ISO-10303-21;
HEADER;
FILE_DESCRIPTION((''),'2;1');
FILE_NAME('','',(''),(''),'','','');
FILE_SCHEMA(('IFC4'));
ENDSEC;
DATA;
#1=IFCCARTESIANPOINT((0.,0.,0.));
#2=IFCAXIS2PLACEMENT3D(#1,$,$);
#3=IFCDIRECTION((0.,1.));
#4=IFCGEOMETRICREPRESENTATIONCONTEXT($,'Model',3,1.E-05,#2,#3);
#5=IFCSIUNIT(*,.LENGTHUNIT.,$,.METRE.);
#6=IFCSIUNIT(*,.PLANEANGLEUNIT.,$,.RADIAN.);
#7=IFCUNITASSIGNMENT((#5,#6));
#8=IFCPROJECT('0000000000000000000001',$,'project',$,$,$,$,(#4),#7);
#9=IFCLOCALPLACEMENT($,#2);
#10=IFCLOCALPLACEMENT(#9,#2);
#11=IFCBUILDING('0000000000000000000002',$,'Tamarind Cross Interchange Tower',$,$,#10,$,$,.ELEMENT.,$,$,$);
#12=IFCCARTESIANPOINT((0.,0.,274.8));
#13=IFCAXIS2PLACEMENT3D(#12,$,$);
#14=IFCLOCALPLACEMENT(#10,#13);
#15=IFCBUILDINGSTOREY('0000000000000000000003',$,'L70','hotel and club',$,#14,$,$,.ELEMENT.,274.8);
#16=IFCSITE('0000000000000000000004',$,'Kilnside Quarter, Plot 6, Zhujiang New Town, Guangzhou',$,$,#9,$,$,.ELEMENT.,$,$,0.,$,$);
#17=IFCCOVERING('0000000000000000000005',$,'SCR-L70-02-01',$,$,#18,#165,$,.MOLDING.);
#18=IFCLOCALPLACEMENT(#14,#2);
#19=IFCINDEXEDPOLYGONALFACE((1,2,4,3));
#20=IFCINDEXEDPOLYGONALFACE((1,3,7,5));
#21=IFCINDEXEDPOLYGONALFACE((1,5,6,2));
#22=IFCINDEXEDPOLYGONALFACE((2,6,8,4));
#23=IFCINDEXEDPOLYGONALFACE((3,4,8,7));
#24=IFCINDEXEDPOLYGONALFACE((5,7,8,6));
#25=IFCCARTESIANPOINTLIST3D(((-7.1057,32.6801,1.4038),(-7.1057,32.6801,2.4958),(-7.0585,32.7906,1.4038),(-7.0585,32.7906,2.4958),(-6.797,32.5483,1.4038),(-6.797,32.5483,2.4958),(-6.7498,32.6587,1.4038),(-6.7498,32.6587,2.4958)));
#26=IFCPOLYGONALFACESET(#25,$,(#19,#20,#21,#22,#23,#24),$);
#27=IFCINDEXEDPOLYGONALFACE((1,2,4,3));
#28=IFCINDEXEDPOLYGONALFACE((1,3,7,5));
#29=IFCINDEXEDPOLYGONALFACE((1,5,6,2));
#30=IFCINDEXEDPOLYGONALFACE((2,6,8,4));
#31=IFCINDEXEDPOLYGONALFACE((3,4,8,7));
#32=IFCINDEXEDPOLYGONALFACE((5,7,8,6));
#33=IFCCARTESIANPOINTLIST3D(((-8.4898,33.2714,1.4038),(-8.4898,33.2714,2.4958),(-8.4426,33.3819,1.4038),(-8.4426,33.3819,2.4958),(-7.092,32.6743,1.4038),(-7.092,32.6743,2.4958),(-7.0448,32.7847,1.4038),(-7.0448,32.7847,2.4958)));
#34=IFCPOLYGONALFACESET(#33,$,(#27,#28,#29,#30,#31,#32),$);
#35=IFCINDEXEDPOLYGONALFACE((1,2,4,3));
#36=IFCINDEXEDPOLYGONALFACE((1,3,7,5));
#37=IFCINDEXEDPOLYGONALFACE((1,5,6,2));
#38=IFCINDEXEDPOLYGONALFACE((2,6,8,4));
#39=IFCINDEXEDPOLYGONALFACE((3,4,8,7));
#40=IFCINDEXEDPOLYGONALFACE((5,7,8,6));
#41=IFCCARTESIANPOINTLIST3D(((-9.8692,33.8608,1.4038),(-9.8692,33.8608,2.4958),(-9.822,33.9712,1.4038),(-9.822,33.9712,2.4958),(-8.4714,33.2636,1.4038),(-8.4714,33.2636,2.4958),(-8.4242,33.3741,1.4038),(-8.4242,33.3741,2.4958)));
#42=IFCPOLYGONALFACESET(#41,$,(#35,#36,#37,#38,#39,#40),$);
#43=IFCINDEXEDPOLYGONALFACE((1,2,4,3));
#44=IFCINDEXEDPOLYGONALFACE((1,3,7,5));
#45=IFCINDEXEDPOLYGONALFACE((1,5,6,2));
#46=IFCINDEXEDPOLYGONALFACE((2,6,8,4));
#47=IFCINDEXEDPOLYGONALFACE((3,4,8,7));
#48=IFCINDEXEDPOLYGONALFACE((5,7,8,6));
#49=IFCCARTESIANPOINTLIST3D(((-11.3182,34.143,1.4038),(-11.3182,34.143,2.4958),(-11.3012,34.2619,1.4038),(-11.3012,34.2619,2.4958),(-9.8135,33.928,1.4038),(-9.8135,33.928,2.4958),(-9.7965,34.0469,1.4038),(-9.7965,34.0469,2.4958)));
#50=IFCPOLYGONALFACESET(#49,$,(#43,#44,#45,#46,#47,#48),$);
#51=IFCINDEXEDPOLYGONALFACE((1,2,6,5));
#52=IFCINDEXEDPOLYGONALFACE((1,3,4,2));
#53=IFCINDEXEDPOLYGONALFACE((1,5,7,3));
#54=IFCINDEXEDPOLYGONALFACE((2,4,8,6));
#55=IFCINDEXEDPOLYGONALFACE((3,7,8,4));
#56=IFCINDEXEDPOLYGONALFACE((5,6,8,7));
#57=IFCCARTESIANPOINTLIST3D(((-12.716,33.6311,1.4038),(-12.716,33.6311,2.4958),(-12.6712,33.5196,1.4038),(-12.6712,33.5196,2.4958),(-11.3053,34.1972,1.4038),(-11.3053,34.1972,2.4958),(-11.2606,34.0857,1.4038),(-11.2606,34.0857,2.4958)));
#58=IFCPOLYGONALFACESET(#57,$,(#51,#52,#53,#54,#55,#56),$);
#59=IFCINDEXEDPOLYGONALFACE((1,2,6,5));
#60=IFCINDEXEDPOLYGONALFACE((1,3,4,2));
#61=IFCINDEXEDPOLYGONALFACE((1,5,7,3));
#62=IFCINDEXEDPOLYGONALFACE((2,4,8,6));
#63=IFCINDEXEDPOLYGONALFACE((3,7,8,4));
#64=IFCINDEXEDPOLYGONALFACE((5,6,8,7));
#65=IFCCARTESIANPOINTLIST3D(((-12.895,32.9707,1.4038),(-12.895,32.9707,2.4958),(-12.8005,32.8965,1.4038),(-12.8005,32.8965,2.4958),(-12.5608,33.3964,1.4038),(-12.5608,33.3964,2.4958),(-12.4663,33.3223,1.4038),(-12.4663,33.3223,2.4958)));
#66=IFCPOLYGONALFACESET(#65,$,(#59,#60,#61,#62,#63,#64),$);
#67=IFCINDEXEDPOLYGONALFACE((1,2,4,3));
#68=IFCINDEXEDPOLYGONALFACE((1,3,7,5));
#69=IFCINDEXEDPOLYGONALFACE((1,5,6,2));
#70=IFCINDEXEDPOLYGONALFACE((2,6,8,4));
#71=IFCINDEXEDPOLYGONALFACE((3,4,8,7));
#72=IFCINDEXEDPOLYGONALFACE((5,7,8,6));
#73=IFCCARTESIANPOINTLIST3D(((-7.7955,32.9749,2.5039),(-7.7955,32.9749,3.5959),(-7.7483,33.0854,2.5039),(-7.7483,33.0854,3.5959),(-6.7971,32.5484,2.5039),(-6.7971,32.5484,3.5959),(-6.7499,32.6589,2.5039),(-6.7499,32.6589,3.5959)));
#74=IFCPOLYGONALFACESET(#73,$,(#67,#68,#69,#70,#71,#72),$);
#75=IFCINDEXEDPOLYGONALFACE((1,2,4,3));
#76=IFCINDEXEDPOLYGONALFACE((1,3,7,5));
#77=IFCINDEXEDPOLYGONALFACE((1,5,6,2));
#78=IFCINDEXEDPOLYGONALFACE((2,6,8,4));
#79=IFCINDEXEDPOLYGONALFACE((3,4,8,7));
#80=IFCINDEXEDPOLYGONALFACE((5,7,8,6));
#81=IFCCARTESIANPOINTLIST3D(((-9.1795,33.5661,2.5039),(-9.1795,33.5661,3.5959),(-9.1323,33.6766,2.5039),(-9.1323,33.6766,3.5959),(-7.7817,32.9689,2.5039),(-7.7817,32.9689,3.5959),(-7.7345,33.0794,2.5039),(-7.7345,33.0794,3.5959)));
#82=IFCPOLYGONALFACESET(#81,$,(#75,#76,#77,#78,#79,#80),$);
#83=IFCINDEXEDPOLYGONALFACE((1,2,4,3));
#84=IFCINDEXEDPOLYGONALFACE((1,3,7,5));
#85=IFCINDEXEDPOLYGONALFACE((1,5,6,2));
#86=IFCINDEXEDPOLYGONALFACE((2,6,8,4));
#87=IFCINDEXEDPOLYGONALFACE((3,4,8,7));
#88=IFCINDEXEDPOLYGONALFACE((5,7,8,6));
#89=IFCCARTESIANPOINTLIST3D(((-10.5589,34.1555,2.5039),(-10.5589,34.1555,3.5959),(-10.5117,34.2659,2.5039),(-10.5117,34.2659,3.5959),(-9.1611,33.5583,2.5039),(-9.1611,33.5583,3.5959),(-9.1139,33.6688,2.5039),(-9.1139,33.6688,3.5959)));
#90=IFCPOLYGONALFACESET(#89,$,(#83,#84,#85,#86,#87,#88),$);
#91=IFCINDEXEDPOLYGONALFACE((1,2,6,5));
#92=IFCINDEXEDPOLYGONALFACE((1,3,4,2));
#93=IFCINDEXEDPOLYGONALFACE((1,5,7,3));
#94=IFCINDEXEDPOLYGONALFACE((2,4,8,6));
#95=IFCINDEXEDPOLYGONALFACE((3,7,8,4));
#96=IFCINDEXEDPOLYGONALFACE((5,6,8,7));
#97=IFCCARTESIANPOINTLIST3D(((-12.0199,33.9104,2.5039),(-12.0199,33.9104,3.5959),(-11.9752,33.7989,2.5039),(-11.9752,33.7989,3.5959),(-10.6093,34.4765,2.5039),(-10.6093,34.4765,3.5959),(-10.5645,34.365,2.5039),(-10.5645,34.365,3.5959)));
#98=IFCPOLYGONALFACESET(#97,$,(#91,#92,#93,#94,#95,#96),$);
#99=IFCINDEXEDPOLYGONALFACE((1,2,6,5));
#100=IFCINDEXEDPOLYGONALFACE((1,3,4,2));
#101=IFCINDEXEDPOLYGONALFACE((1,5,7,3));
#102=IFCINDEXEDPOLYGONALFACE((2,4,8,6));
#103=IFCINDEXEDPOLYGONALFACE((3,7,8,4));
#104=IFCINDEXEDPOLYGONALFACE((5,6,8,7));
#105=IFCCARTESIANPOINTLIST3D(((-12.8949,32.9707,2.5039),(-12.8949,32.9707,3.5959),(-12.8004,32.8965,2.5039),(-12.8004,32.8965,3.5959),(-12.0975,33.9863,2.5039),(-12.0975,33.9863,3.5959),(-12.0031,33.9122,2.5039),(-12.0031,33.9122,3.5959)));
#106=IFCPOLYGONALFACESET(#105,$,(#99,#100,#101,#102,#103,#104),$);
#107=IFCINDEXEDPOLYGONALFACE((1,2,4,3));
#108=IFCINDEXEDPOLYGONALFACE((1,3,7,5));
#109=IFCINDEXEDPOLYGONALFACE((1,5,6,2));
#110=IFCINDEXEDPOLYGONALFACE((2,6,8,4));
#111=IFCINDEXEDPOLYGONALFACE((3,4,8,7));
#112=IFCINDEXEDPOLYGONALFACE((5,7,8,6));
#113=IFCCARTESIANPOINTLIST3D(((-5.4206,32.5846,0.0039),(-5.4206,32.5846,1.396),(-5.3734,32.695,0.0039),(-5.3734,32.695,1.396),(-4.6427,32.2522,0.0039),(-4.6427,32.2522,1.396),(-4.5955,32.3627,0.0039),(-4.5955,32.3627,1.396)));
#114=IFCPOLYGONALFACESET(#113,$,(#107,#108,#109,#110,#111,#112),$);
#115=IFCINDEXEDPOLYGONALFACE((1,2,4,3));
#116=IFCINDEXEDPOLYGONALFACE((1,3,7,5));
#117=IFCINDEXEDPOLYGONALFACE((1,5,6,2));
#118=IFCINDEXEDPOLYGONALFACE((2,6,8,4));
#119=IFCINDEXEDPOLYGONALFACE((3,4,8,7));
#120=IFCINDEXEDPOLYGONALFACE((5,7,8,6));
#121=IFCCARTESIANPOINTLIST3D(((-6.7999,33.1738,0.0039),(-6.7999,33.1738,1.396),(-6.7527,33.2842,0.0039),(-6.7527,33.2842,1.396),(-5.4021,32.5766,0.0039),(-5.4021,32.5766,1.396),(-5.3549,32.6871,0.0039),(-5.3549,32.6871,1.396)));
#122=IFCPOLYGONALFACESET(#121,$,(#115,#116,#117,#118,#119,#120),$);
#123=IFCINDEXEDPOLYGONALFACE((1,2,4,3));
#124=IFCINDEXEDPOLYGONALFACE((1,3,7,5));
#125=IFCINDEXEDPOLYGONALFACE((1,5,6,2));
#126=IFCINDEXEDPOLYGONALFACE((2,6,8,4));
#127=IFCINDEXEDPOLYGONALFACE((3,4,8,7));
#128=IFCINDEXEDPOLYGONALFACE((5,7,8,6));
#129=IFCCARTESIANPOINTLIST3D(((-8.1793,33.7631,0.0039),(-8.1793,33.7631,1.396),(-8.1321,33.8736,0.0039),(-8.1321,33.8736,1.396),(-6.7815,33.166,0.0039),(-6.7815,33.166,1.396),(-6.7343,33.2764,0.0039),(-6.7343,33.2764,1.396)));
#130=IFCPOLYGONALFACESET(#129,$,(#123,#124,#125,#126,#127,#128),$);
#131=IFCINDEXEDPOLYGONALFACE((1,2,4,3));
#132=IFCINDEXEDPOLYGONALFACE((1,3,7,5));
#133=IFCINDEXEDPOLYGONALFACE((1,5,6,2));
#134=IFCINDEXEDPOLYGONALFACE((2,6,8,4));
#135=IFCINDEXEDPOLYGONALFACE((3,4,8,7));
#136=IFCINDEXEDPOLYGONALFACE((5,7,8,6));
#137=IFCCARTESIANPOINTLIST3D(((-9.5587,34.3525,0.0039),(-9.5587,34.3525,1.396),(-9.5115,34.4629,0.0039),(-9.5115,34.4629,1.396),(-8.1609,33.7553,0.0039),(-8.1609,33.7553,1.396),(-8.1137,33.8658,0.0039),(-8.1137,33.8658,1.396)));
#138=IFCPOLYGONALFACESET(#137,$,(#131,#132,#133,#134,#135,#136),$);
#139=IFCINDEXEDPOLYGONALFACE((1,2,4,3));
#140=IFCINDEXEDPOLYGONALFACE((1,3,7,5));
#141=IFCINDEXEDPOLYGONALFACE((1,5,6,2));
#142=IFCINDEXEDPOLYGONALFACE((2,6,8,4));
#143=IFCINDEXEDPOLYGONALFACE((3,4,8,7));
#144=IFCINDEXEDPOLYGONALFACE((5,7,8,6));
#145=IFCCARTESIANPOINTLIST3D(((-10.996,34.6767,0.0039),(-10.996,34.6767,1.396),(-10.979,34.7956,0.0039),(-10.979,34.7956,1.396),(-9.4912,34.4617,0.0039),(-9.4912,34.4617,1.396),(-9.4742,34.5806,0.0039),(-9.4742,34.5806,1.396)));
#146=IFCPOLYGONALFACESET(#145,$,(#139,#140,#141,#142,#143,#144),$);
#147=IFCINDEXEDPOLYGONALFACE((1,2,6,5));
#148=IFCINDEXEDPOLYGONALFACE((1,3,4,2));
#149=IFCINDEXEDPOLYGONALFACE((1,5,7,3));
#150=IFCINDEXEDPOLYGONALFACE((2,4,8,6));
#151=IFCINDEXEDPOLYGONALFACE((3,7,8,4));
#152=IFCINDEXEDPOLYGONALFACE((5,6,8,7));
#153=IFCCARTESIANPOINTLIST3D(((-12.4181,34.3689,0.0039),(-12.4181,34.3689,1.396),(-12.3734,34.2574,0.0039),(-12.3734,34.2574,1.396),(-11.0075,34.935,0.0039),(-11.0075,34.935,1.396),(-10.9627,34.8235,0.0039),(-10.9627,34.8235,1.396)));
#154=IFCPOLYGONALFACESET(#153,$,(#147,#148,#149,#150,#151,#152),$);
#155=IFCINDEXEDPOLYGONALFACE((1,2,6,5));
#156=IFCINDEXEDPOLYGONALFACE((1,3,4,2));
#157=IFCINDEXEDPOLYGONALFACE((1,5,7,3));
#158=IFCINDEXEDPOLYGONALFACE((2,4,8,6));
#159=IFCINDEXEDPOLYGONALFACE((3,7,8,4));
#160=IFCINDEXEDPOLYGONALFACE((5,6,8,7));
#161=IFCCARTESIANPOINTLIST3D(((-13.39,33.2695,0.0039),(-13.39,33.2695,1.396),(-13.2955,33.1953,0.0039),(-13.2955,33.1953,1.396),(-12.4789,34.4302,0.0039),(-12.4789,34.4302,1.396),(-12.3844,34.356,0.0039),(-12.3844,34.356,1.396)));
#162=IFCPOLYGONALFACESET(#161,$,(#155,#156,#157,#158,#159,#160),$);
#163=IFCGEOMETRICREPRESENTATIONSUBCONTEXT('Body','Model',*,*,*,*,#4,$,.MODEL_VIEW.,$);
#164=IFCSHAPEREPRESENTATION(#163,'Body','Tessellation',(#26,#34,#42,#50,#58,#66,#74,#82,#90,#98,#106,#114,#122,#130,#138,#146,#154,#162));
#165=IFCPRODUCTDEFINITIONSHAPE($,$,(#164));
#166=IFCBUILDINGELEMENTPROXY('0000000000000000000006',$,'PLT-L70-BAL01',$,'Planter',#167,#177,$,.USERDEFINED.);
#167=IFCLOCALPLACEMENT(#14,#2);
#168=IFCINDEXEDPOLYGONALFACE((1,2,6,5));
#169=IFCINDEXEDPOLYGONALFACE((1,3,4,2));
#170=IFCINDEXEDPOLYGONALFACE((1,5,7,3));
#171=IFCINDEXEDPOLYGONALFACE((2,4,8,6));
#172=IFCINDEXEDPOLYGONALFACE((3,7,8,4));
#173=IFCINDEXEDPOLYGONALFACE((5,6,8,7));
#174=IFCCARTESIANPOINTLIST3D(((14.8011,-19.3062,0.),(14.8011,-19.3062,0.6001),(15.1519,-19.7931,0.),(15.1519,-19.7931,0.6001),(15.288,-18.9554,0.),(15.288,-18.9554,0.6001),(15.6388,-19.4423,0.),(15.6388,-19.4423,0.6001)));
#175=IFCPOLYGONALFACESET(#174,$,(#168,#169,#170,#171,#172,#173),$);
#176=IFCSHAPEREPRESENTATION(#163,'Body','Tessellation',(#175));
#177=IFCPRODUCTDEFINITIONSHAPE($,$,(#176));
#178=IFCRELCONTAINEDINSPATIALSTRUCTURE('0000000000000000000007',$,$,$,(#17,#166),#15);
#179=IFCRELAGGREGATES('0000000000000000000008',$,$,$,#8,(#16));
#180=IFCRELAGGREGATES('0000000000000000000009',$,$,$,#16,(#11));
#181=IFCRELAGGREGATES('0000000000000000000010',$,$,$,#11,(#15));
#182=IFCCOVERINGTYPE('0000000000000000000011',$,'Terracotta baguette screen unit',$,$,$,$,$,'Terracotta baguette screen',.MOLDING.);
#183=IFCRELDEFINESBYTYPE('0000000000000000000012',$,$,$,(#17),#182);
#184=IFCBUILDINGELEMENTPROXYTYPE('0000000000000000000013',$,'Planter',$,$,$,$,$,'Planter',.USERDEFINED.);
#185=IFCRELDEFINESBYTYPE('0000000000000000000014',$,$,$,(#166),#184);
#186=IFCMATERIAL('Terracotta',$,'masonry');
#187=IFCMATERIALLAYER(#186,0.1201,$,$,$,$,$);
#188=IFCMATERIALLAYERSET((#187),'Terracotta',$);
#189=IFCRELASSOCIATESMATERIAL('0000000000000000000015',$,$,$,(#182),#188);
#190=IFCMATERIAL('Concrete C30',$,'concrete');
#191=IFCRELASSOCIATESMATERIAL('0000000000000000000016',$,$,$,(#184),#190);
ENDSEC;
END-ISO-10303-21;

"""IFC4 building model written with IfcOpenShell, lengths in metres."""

from ifc_helpers import new_model, si_unit, direction, frame, origin, origin_2d, place, context, subcontext, project, spatial, rectangle, extrude, material, layer, layer_set, type_object, element, save


model = new_model("IFC4")

# Units and contexts
model_context = context("Model", 3, precision=1e-05, world=origin(), true_north=direction((0.0, 1.0)))
body_context = subcontext(model_context, "Body", "Model", "MODEL_VIEW")
ifc_project = project(units=[si_unit("LENGTHUNIT", "METRE"), si_unit("PLANEANGLEUNIT", "RADIAN")], contexts=[model_context])

# Site, building, storey
site_placement = place(None, origin())
site = spatial("IfcSite", under=ifc_project, at=site_placement, Name="Kilnside Quarter, Plot 6, Zhujiang New Town, Guangzhou", CompositionType="ELEMENT", RefElevation=0.0)
building_placement = place(site_placement, origin())
building = spatial("IfcBuilding", under=site, at=building_placement, Name="Tamarind Cross Interchange Tower", CompositionType="ELEMENT")
storey_placement = place(building_placement, frame((0.0, 0.0, 274.8)))
storey = spatial("IfcBuildingStorey", under=building, at=storey_placement, Name="L70", Description="hotel and club", CompositionType="ELEMENT", Elevation=274.8)

# Covering
ifc_material_1 = material(Name="Terracotta", Category="masonry")
ifc_layer_1 = layer(ifc_material_1, 0.1201)
ifc_layer_set_1 = layer_set([ifc_layer_1], Name="Terracotta")
covering_type = type_object("IfcCoveringType", Name="Terracotta baguette screen unit", ElementType="Terracotta baguette screen", PredefinedType="MOLDING", material=ifc_layer_set_1)
covering_1_placement = place(storey_placement, origin())
element("IfcCovering", 1, at=covering_1_placement, inside=storey, type_object=covering_type, Name="SCR-L70-02-01", PredefinedType="MOLDING", context=body_context, shape_type="SweptSolid", body=[
    extrude(rectangle(XDim=0.3357, YDim=0.1201, at=origin_2d()), frame((-6.9277, 32.6694, 1.4038), z_axis=(0.0, 0.0, 1.0), x_axis=(-0.919597, 0.392864, 0.0)), (0.0, 0.0, 1.0), 1.092),
    extrude(rectangle(XDim=1.52, YDim=0.1201, at=origin_2d()), frame((-7.7673, 33.0281, 1.4038), z_axis=(0.0, 0.0, 1.0), x_axis=(-0.919597, 0.392864, 0.0)), (0.0, 0.0, 1.0), 1.092),
    extrude(rectangle(XDim=1.52, YDim=0.1201, at=origin_2d()), frame((-9.1467, 33.6174, 1.4038), z_axis=(0.0, 0.0, 1.0), x_axis=(-0.919597, 0.392864, 0.0)), (0.0, 0.0, 1.0), 1.092),
    extrude(rectangle(XDim=1.52, YDim=0.1201, at=origin_2d()), frame((-10.5574, 34.095, 1.4038), z_axis=(0.0, 0.0, 1.0), x_axis=(-0.989943, 0.141468, 0.0)), (0.0, 0.0, 1.0), 1.092),
    extrude(rectangle(XDim=1.52, YDim=0.1201, at=origin_2d()), frame((-11.9883, 33.8584, 1.4038), z_axis=(0.0, 0.0, 1.0), x_axis=(-0.92805, -0.372457, 0.0)), (0.0, 0.0, 1.0), 1.092),
    extrude(rectangle(XDim=0.5413, YDim=0.1201, at=origin_2d()), frame((-12.6807, 33.1465, 1.4038), z_axis=(0.0, 0.0, 1.0), x_axis=(-0.617486, -0.786582, 0.0)), (0.0, 0.0, 1.0), 1.092),
    extrude(rectangle(XDim=1.0857, YDim=0.1201, at=origin_2d()), frame((-7.2727, 32.8169, 2.5039), z_axis=(0.0, 0.0, 1.0), x_axis=(-0.919597, 0.392864, 0.0)), (0.0, 0.0, 1.0), 1.092),
    extrude(rectangle(XDim=1.52, YDim=0.1201, at=origin_2d()), frame((-8.457, 33.3228, 2.5039), z_axis=(0.0, 0.0, 1.0), x_axis=(-0.919597, 0.392864, 0.0)), (0.0, 0.0, 1.0), 1.092),
    extrude(rectangle(XDim=1.52, YDim=0.1201, at=origin_2d()), frame((-9.8364, 33.9121, 2.5039), z_axis=(0.0, 0.0, 1.0), x_axis=(-0.919597, 0.392864, 0.0)), (0.0, 0.0, 1.0), 1.092),
    extrude(rectangle(XDim=1.52, YDim=0.1201, at=origin_2d()), frame((-11.2922, 34.1377, 2.5039), z_axis=(0.0, 0.0, 1.0), x_axis=(-0.92805, -0.372457, 0.0)), (0.0, 0.0, 1.0), 1.092),
    extrude(rectangle(XDim=1.2913, YDim=0.1201, at=origin_2d()), frame((-12.449, 33.4414, 2.5039), z_axis=(0.0, 0.0, 1.0), x_axis=(-0.617486, -0.786582, 0.0)), (0.0, 0.0, 1.0), 1.092),
    extrude(rectangle(XDim=0.8459, YDim=0.1201, at=origin_2d()), frame((-5.0081, 32.4736, 0.0039), z_axis=(0.0, 0.0, 1.0), x_axis=(-0.919597, 0.392864, 0.0)), (0.0, 0.0, 1.0), 1.3921),
    extrude(rectangle(XDim=1.52, YDim=0.1201, at=origin_2d()), frame((-6.0774, 32.9304, 0.0039), z_axis=(0.0, 0.0, 1.0), x_axis=(-0.919597, 0.392864, 0.0)), (0.0, 0.0, 1.0), 1.3921),
    extrude(rectangle(XDim=1.52, YDim=0.1201, at=origin_2d()), frame((-7.4568, 33.5198, 0.0039), z_axis=(0.0, 0.0, 1.0), x_axis=(-0.919597, 0.392864, 0.0)), (0.0, 0.0, 1.0), 1.3921),
    extrude(rectangle(XDim=1.52, YDim=0.1201, at=origin_2d()), frame((-8.8362, 34.1091, 0.0039), z_axis=(0.0, 0.0, 1.0), x_axis=(-0.919597, 0.392864, 0.0)), (0.0, 0.0, 1.0), 1.3921),
    extrude(rectangle(XDim=1.52, YDim=0.1201, at=origin_2d()), frame((-10.2351, 34.6287, 0.0039), z_axis=(0.0, 0.0, 1.0), x_axis=(-0.989943, 0.141468, 0.0)), (0.0, 0.0, 1.0), 1.3921),
    extrude(rectangle(XDim=1.52, YDim=0.1201, at=origin_2d()), frame((-11.6904, 34.5962, 0.0039), z_axis=(0.0, 0.0, 1.0), x_axis=(-0.92805, -0.372457, 0.0)), (0.0, 0.0, 1.0), 1.3921),
    extrude(rectangle(XDim=1.4756, YDim=0.1201, at=origin_2d()), frame((-12.8872, 33.8127, 0.0039), z_axis=(0.0, 0.0, 1.0), x_axis=(-0.617486, -0.786582, 0.0)), (0.0, 0.0, 1.0), 1.3921),
])

# Building element proxy
ifc_material_2 = material(Name="Concrete C30", Category="concrete")
building_element_proxy_type = type_object("IfcBuildingElementProxyType", Name="Planter", ElementType="Planter", PredefinedType="USERDEFINED", material=ifc_material_2)
proxy_placement = place(storey_placement, origin())
element("IfcBuildingElementProxy", 2, at=proxy_placement, inside=storey, type_object=building_element_proxy_type, Name="PLT-L70-BAL01", ObjectType="Planter", PredefinedType="USERDEFINED", context=body_context, shape_type="SweptSolid", body=[
    extrude(rectangle(XDim=0.6001, YDim=0.6001, at=origin_2d()), frame((15.22, -19.3743, 0.0), z_axis=(0.0, 0.0, 1.0), x_axis=(0.81134, 0.584574, 0.0)), (0.0, 0.0, 1.0), 0.6001),
])

save(model, "model.ifc")
